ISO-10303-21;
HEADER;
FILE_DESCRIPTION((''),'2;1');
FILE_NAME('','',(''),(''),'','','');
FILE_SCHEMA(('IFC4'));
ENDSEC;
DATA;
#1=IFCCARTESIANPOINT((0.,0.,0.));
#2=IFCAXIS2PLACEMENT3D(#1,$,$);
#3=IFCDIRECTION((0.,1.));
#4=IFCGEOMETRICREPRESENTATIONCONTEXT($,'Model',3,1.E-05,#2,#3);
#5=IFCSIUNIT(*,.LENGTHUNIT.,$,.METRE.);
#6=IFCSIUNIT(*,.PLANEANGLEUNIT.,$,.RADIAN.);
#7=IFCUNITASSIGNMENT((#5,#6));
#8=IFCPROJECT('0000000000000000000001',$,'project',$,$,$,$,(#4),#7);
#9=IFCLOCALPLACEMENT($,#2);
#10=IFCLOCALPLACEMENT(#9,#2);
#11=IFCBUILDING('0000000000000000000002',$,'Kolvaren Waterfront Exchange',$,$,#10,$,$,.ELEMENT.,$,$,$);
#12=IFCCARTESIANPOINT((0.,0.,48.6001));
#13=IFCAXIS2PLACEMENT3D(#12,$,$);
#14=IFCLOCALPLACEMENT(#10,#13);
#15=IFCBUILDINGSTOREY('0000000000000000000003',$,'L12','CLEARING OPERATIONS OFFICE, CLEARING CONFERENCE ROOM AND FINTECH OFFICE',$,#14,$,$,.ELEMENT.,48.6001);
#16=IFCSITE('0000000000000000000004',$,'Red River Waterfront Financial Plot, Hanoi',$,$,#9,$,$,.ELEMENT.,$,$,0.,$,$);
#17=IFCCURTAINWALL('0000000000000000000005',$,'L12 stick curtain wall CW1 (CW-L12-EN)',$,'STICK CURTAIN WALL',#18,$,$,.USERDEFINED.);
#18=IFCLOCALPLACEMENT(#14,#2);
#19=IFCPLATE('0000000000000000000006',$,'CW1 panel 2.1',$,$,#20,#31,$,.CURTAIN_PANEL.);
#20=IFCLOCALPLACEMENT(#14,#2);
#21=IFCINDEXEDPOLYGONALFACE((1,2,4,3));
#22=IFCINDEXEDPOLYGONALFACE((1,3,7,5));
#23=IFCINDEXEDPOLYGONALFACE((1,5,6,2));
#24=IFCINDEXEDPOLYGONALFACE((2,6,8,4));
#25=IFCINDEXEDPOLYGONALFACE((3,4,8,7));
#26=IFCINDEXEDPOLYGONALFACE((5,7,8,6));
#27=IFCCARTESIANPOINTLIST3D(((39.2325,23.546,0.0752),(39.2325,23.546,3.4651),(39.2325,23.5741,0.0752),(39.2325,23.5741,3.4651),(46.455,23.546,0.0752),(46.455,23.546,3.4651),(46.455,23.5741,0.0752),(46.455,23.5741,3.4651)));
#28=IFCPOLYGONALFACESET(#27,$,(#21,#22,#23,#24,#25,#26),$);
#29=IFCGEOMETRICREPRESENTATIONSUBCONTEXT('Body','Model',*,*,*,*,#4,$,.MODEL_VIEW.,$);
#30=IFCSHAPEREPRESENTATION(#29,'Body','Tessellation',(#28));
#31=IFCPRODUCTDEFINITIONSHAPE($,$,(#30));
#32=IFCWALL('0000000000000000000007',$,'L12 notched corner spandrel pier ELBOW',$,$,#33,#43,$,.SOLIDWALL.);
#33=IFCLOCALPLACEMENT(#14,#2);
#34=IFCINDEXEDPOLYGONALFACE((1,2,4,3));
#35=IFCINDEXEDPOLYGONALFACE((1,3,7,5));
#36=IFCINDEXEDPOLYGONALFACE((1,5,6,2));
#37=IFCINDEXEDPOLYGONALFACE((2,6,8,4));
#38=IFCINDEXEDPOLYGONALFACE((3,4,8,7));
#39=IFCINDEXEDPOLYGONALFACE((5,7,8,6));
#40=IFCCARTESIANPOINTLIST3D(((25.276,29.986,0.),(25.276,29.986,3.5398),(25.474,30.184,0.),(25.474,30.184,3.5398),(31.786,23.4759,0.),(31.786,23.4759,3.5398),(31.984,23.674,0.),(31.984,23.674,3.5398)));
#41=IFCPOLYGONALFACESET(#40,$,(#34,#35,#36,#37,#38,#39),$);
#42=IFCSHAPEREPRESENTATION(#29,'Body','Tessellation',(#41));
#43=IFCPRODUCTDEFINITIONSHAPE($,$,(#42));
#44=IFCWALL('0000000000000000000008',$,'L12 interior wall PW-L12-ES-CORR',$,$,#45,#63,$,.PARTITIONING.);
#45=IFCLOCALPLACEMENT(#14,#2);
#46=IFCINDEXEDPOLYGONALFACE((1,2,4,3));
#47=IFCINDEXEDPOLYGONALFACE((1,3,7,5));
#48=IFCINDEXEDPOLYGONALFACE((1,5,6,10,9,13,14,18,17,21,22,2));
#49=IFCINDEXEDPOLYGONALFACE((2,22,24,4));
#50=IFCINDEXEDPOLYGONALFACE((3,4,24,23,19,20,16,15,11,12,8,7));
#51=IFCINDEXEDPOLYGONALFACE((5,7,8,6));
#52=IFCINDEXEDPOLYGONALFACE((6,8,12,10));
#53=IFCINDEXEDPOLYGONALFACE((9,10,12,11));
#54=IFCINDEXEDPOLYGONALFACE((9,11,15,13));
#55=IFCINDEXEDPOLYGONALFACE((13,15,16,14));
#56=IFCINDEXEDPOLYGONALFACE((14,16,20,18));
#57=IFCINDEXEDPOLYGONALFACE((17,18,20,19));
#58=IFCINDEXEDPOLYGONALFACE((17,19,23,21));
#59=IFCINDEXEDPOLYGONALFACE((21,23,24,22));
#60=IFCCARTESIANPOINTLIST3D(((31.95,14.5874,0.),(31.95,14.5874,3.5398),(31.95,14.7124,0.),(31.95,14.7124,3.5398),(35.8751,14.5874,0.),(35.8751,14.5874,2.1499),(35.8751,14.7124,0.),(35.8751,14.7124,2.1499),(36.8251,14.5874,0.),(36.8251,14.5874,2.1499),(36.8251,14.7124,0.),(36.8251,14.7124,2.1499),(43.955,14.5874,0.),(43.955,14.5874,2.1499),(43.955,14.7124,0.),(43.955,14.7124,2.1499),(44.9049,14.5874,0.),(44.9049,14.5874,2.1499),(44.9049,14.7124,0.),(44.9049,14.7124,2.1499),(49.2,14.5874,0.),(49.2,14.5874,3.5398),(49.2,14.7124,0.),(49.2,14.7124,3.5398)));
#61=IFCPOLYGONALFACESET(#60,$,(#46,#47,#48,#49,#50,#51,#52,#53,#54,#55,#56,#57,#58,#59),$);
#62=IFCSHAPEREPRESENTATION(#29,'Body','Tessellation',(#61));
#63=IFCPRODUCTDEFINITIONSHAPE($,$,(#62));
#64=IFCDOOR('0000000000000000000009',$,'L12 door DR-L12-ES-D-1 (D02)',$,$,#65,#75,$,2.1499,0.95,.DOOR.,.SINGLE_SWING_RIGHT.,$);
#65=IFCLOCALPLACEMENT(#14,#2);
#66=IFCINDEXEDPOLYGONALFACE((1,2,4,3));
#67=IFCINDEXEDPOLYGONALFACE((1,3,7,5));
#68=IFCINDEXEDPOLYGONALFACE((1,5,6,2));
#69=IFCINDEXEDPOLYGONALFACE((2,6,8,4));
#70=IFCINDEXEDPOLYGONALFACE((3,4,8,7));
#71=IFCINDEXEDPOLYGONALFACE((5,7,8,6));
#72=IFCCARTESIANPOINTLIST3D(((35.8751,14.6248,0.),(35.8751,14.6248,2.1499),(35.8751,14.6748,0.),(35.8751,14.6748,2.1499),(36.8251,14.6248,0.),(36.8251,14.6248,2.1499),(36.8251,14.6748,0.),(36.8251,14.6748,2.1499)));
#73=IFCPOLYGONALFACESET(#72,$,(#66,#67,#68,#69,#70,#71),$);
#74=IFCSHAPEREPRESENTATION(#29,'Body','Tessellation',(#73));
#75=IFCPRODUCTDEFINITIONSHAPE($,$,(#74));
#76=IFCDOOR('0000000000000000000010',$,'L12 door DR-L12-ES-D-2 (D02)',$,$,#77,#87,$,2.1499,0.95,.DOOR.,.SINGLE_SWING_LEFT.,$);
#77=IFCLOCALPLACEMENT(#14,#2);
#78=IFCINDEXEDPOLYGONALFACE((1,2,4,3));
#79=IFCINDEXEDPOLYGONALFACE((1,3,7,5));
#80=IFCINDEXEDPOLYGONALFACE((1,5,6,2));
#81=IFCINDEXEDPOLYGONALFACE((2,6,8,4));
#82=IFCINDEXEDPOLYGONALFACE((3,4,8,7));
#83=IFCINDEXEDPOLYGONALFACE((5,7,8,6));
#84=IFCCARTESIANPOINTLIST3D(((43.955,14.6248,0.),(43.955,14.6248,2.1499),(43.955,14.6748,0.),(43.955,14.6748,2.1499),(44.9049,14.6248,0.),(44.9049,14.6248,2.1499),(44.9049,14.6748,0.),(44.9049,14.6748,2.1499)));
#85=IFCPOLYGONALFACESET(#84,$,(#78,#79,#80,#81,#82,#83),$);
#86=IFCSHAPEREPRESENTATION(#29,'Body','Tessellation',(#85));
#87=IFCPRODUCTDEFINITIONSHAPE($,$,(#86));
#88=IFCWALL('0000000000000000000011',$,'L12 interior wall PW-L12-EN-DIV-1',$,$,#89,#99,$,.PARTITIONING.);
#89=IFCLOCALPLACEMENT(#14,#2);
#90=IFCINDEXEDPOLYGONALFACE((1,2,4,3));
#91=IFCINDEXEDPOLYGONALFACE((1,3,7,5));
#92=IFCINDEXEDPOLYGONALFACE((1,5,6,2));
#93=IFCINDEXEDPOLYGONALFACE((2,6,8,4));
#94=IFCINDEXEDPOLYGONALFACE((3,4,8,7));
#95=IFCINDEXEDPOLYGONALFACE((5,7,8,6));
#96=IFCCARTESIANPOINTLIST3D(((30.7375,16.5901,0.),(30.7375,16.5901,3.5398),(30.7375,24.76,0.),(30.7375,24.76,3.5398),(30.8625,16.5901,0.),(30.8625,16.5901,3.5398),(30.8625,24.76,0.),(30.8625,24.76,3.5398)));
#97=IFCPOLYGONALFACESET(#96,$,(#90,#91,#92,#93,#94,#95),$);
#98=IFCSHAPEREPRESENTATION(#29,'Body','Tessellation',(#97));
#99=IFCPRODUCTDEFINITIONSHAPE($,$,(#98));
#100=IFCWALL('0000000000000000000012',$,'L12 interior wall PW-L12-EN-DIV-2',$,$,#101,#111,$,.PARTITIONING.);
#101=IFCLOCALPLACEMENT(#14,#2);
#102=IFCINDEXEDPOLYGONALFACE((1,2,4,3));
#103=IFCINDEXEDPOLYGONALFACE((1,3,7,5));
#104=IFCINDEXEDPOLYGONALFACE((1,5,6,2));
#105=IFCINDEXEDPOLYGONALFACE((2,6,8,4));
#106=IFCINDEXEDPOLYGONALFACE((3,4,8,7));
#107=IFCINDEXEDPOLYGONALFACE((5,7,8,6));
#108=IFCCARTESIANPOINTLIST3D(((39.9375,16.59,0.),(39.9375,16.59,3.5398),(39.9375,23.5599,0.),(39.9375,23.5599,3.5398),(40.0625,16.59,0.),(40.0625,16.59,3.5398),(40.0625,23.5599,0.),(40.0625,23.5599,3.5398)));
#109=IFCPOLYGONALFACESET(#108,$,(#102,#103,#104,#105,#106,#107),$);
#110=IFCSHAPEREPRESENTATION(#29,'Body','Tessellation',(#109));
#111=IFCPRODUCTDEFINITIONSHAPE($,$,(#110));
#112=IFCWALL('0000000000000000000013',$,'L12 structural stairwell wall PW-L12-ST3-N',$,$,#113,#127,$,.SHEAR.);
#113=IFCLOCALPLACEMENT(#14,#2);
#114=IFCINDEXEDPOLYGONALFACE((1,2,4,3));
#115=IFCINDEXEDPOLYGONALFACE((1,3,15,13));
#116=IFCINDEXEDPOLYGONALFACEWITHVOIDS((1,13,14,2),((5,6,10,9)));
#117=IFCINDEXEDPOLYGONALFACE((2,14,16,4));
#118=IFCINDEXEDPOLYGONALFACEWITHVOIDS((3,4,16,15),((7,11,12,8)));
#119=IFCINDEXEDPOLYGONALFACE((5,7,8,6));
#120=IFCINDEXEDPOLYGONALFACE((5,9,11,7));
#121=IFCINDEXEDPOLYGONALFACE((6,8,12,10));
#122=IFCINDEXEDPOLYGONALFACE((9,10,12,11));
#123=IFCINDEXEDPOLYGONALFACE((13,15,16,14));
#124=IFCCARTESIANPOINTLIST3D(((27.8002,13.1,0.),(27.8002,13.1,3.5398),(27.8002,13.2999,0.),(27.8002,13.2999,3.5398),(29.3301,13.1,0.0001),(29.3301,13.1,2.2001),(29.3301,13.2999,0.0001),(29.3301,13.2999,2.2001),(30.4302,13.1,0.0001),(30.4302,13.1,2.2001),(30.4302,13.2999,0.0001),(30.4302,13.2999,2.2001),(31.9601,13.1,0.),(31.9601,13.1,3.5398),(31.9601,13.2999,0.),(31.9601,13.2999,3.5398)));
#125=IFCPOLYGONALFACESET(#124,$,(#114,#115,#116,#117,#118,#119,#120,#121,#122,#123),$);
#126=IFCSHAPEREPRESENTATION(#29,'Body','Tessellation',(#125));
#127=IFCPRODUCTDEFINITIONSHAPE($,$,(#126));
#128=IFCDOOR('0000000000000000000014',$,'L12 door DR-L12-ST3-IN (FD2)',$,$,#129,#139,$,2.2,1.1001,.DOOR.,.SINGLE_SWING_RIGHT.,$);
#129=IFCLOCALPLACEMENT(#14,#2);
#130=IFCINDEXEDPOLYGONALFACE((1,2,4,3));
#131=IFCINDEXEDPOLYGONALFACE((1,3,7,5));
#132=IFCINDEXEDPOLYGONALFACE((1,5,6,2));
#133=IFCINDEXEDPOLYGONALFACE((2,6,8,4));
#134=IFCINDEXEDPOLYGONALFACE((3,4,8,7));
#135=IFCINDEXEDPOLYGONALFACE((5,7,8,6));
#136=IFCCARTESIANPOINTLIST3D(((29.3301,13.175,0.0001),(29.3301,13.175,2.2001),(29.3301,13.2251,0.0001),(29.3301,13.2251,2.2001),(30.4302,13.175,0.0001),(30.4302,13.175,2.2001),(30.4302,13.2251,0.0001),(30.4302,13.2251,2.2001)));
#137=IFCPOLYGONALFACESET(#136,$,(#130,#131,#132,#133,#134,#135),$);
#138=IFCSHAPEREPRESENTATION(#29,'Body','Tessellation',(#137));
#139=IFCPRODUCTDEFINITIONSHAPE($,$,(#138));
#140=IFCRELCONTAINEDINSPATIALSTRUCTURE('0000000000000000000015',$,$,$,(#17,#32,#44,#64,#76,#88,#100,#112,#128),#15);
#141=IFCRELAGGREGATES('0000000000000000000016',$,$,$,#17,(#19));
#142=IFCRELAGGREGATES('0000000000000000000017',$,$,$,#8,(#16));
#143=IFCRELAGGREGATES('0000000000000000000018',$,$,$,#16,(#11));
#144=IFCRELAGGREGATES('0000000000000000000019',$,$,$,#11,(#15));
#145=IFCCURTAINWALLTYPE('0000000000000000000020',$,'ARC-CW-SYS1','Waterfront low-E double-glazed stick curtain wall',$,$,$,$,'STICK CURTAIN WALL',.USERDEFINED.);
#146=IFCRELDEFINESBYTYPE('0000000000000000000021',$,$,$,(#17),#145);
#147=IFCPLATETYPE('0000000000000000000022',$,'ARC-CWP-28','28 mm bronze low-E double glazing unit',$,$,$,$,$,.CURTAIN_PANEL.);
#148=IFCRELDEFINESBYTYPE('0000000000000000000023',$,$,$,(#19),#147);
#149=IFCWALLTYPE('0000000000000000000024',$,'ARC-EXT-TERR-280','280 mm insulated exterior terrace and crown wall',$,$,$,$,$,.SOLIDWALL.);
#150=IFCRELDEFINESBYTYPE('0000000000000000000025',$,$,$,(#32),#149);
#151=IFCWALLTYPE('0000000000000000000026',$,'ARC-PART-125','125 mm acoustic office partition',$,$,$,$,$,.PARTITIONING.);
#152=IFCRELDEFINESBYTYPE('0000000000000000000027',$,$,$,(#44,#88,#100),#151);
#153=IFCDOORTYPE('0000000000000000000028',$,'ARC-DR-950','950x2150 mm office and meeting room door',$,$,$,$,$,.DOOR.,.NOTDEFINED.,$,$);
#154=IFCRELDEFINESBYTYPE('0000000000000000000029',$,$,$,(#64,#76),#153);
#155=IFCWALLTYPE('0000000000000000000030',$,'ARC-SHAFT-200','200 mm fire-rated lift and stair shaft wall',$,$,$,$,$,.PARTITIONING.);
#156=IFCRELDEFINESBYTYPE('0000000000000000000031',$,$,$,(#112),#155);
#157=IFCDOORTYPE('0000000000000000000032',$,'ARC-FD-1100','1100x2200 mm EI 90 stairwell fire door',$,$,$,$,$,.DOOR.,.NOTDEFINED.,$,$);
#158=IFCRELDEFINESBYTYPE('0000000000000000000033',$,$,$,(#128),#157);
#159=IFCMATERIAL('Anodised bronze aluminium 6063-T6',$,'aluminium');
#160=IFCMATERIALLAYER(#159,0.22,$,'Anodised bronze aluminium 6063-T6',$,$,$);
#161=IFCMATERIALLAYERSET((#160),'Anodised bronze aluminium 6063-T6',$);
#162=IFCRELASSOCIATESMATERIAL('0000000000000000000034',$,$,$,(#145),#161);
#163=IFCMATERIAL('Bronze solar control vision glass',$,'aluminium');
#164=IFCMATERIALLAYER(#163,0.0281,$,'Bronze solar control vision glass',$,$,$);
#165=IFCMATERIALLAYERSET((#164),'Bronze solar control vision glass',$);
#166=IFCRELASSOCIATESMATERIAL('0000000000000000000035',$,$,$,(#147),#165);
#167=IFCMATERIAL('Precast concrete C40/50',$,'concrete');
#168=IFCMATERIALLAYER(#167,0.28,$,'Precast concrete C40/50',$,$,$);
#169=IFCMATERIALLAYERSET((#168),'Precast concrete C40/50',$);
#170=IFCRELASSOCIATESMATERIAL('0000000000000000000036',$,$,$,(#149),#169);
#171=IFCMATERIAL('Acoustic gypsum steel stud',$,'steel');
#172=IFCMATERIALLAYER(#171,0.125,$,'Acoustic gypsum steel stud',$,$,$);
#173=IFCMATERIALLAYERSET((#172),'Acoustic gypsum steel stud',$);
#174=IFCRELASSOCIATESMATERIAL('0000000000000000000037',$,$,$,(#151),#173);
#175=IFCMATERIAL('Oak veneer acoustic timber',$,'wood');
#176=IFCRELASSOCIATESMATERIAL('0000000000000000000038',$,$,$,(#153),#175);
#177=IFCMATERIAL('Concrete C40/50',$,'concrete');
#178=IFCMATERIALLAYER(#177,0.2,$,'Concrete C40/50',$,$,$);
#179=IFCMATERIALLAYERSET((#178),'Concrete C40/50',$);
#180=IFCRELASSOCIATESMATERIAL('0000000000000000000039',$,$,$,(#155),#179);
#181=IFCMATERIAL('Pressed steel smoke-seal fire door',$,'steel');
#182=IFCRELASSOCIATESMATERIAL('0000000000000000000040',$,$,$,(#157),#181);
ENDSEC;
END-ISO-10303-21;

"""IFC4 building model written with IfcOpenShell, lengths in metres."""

from ifc_helpers import new_model, si_unit, direction, frame, frame_2d, origin, origin_with_axes, origin_2d, place, context, subcontext, project, spatial, rectangle, extrude, source, transform, mapped, material, layer, layer_set, type_object, element, fill, aggregate, save


model = new_model("IFC4")

# Units and contexts
model_context = context("Model", 3, precision=1e-05, world=origin(), true_north=direction((0.0, 1.0)))
body_context = subcontext(model_context, "Body", "Model", "MODEL_VIEW")
ifc_project = project(units=[si_unit("LENGTHUNIT", "METRE"), si_unit("PLANEANGLEUNIT", "RADIAN")], contexts=[model_context])

# Site, building, storey
site_placement = place(None, origin())
site = spatial("IfcSite", under=ifc_project, at=site_placement, Name="Red River Waterfront Financial Plot, Hanoi", CompositionType="ELEMENT", RefElevation=0.0)
building_placement = place(site_placement, origin())
building = spatial("IfcBuilding", under=site, at=building_placement, Name="Kolvaren Waterfront Exchange", CompositionType="ELEMENT")
storey_placement = place(building_placement, frame((0.0, 0.0, 48.6001)))
storey = spatial("IfcBuildingStorey", under=building, at=storey_placement, Name="L12", Description="CLEARING OPERATIONS OFFICE, CLEARING CONFERENCE ROOM AND FINTECH OFFICE", CompositionType="ELEMENT", Elevation=48.6001)

# Curtain wall, plate
ifc_material_1 = material(Name="Anodised bronze aluminium 6063-T6", Category="aluminium")
ifc_layer_1 = layer(ifc_material_1, 0.22, Name="Anodised bronze aluminium 6063-T6")
ifc_layer_set_1 = layer_set([ifc_layer_1], Name="Anodised bronze aluminium 6063-T6")
curtain_wall_type = type_object("IfcCurtainWallType", Name="ARC-CW-SYS1", Description="Waterfront low-E double-glazed stick curtain wall", ElementType="STICK CURTAIN WALL", PredefinedType="USERDEFINED", material=ifc_layer_set_1)
curtain_wall_placement = place(storey_placement, origin())
curtain_wall = element("IfcCurtainWall", 1, at=curtain_wall_placement, inside=storey, type_object=curtain_wall_type, Name="L12 stick curtain wall CW1 (CW-L12-EN)", ObjectType="STICK CURTAIN WALL", PredefinedType="USERDEFINED")
ifc_material_2 = material(Name="Bronze solar control vision glass", Category="aluminium")
ifc_layer_2 = layer(ifc_material_2, 0.0281, Name="Bronze solar control vision glass")
ifc_layer_set_2 = layer_set([ifc_layer_2], Name="Bronze solar control vision glass")
plate_type = type_object("IfcPlateType", Name="ARC-CWP-28", Description="28 mm bronze low-E double glazing unit", PredefinedType="CURTAIN_PANEL", material=ifc_layer_set_2)
shared_shape_1 = source(origin_with_axes(), body_context, "Body", "SweptSolid", [
    extrude(rectangle(XDim=7.2224, YDim=0.0281, at=origin_2d()), origin(), (0.0, 0.0, 1.0), 3.3899),
])
plate_1_placement = place(storey_placement, frame((42.8438, 23.5601, 0.0752), z_axis=(0.0, 0.0, 1.0), x_axis=(1.0, 0.0, 0.0)))
plate_1 = element("IfcPlate", 2, at=plate_1_placement, type_object=plate_type, Name="CW1 panel 2.1", PredefinedType="CURTAIN_PANEL", context=body_context, shape_type="MappedRepresentation", body=[
    mapped(shared_shape_1, transform((0.0, 0.0, 0.0), x_axis=(1.0, 0.0, 0.0), y_axis=(0.0, 1.0, 0.0), z_axis=(0.0, 0.0, 1.0), scale=1.0)),
])
aggregate(curtain_wall, [plate_1])

# Wall
ifc_material_3 = material(Name="Precast concrete C40/50", Category="concrete")
ifc_layer_3 = layer(ifc_material_3, 0.28, Name="Precast concrete C40/50")
ifc_layer_set_3 = layer_set([ifc_layer_3], Name="Precast concrete C40/50")
wall_type_1 = type_object("IfcWallType", Name="ARC-EXT-TERR-280", Description="280 mm insulated exterior terrace and crown wall", PredefinedType="SOLIDWALL", material=ifc_layer_set_3)
wall_1_placement = place(storey_placement, frame((31.885, 23.575, 0.0), z_axis=(0.0, 0.0, 1.0), x_axis=(-0.707107, 0.707107, 0.0)))
element("IfcWall", 3, at=wall_1_placement, inside=storey, type_object=wall_type_1, Name="L12 notched corner spandrel pier ELBOW", PredefinedType="SOLIDWALL", context=body_context, shape_type="SweptSolid", body=[
    extrude(rectangle(XDim=9.2065, YDim=0.28, at=frame_2d((4.6033, 0.0))), origin(), (0.0, 0.0, 1.0), 3.5398),
])

# Wall, openings, doors
ifc_material_4 = material(Name="Acoustic gypsum steel stud", Category="steel")
ifc_layer_4 = layer(ifc_material_4, 0.125, Name="Acoustic gypsum steel stud")
ifc_layer_set_4 = layer_set([ifc_layer_4], Name="Acoustic gypsum steel stud")
wall_type_2 = type_object("IfcWallType", Name="ARC-PART-125", Description="125 mm acoustic office partition", PredefinedType="PARTITIONING", material=ifc_layer_set_4)
wall_2_placement = place(storey_placement, frame((31.95, 14.6499, 0.0), z_axis=(0.0, 0.0, 1.0), x_axis=(1.0, 0.0, 0.0)))
wall_2 = element("IfcWall", 4, at=wall_2_placement, inside=storey, type_object=wall_type_2, Name="L12 interior wall PW-L12-ES-CORR", PredefinedType="PARTITIONING", context=body_context, shape_type="SweptSolid", body=[
    extrude(rectangle(XDim=17.25, YDim=0.125, at=frame_2d((8.625, 0.0))), origin(), (0.0, 0.0, 1.0), 3.5398),
])
opening_1_placement = place(wall_2_placement, frame((3.925, 0.0, 0.0)))
opening_1 = element("IfcOpeningElement", 5, at=opening_1_placement, cuts=wall_2, PredefinedType="OPENING", context=body_context, shape_type="SweptSolid", body=[
    extrude(rectangle(XDim=0.95, YDim=2.1499, at=frame_2d((0.4751, 1.075))), frame((0.0, 0.0725, 0.0), z_axis=(0.0, -1.0, 0.0), x_axis=(1.0, 0.0, 0.0)), (0.0, 0.0, 1.0), 0.145),
])
opening_2_placement = place(wall_2_placement, frame((12.0049, 0.0, 0.0)))
opening_2 = element("IfcOpeningElement", 6, at=opening_2_placement, cuts=wall_2, PredefinedType="OPENING", context=body_context, shape_type="SweptSolid", body=[
    extrude(rectangle(XDim=0.95, YDim=2.1499, at=frame_2d((0.4751, 1.075))), frame((0.0, 0.0725, 0.0), z_axis=(0.0, -1.0, 0.0), x_axis=(1.0, 0.0, 0.0)), (0.0, 0.0, 1.0), 0.145),
])
ifc_material_5 = material(Name="Oak veneer acoustic timber", Category="wood")
door_type_1 = type_object("IfcDoorType", Name="ARC-DR-950", Description="950x2150 mm office and meeting room door", OperationType="NOTDEFINED", PredefinedType="DOOR", material=ifc_material_5)
door_1_placement = place(opening_1_placement, origin())
door_1 = element("IfcDoor", 7, at=door_1_placement, inside=storey, type_object=door_type_1, Name="L12 door DR-L12-ES-D-1 (D02)", OperationType="SINGLE_SWING_RIGHT", OverallHeight=2.1499, OverallWidth=0.95, PredefinedType="DOOR", context=body_context, shape_type="SweptSolid", body=[
    extrude(rectangle(XDim=0.95, YDim=2.1499, at=frame_2d((0.4751, 1.075))), frame((0.0, 0.0249, 0.0), z_axis=(0.0, -1.0, 0.0), x_axis=(1.0, 0.0, 0.0)), (0.0, 0.0, 1.0), 0.05),
])
fill(opening_1, door_1)
door_2_placement = place(opening_2_placement, origin())
door_2 = element("IfcDoor", 8, at=door_2_placement, inside=storey, type_object=door_type_1, Name="L12 door DR-L12-ES-D-2 (D02)", OperationType="SINGLE_SWING_LEFT", OverallHeight=2.1499, OverallWidth=0.95, PredefinedType="DOOR", context=body_context, shape_type="SweptSolid", body=[
    extrude(rectangle(XDim=0.95, YDim=2.1499, at=frame_2d((0.4751, 1.075))), frame((0.0, 0.0249, 0.0), z_axis=(0.0, -1.0, 0.0), x_axis=(1.0, 0.0, 0.0)), (0.0, 0.0, 1.0), 0.05),
])
fill(opening_2, door_2)

# Walls
wall_3_placement = place(storey_placement, frame((30.8, 16.5901, 0.0), z_axis=(0.0, 0.0, 1.0), x_axis=(0.0, 1.0, 0.0)))
element("IfcWall", 9, at=wall_3_placement, inside=storey, type_object=wall_type_2, Name="L12 interior wall PW-L12-EN-DIV-1", PredefinedType="PARTITIONING", context=body_context, shape_type="SweptSolid", body=[
    extrude(rectangle(XDim=8.1699, YDim=0.125, at=frame_2d((4.085, 0.0))), origin(), (0.0, 0.0, 1.0), 3.5398),
])
wall_4_placement = place(storey_placement, frame((40.0, 16.5901, 0.0), z_axis=(0.0, 0.0, 1.0), x_axis=(0.0, 1.0, 0.0)))
element("IfcWall", 10, at=wall_4_placement, inside=storey, type_object=wall_type_2, Name="L12 interior wall PW-L12-EN-DIV-2", PredefinedType="PARTITIONING", context=body_context, shape_type="SweptSolid", body=[
    extrude(rectangle(XDim=6.97, YDim=0.125, at=frame_2d((3.4849, 0.0))), origin(), (0.0, 0.0, 1.0), 3.5398),
])

# Wall, opening, door
ifc_material_6 = material(Name="Concrete C40/50", Category="concrete")
ifc_layer_5 = layer(ifc_material_6, 0.2, Name="Concrete C40/50")
ifc_layer_set_5 = layer_set([ifc_layer_5], Name="Concrete C40/50")
wall_type_3 = type_object("IfcWallType", Name="ARC-SHAFT-200", Description="200 mm fire-rated lift and stair shaft wall", PredefinedType="PARTITIONING", material=ifc_layer_set_5)
wall_5_placement = place(storey_placement, frame((27.8, 13.2, 0.0), z_axis=(0.0, 0.0, 1.0), x_axis=(1.0, 0.0, 0.0)))
wall_5 = element("IfcWall", 11, at=wall_5_placement, inside=storey, type_object=wall_type_3, Name="L12 structural stairwell wall PW-L12-ST3-N", PredefinedType="SHEAR", context=body_context, shape_type="SweptSolid", body=[
    extrude(rectangle(XDim=4.1599, YDim=0.2, at=frame_2d((2.0801, 0.0))), origin(), (0.0, 0.0, 1.0), 3.5398),
])
opening_3_placement = place(wall_5_placement, frame((1.53, 0.0, 0.0)))
opening_3 = element("IfcOpeningElement", 12, at=opening_3_placement, cuts=wall_5, PredefinedType="OPENING", context=body_context, shape_type="SweptSolid", body=[
    extrude(rectangle(XDim=1.1001, YDim=2.2, at=frame_2d((0.55, 1.1001))), frame((0.0, 0.1099, 0.0), z_axis=(0.0, -1.0, 0.0), x_axis=(1.0, 0.0, 0.0)), (0.0, 0.0, 1.0), 0.22),
])
ifc_material_7 = material(Name="Pressed steel smoke-seal fire door", Category="steel")
door_type_2 = type_object("IfcDoorType", Name="ARC-FD-1100", Description="1100x2200 mm EI 90 stairwell fire door", OperationType="NOTDEFINED", PredefinedType="DOOR", material=ifc_material_7)
door_3_placement = place(opening_3_placement, frame((1.1001, 0.0, 0.0), z_axis=(0.0, 0.0, 1.0), x_axis=(-1.0, 0.0, 0.0)))
door_3 = element("IfcDoor", 13, at=door_3_placement, inside=storey, type_object=door_type_2, Name="L12 door DR-L12-ST3-IN (FD2)", OperationType="SINGLE_SWING_RIGHT", OverallHeight=2.2, OverallWidth=1.1001, PredefinedType="DOOR", context=body_context, shape_type="SweptSolid", body=[
    extrude(rectangle(XDim=1.1001, YDim=2.2, at=frame_2d((0.55, 1.1001))), frame((0.0, 0.0249, 0.0), z_axis=(0.0, -1.0, 0.0), x_axis=(1.0, 0.0, 0.0)), (0.0, 0.0, 1.0), 0.05),
])
fill(opening_3, door_3)

save(model, "model.ifc")
